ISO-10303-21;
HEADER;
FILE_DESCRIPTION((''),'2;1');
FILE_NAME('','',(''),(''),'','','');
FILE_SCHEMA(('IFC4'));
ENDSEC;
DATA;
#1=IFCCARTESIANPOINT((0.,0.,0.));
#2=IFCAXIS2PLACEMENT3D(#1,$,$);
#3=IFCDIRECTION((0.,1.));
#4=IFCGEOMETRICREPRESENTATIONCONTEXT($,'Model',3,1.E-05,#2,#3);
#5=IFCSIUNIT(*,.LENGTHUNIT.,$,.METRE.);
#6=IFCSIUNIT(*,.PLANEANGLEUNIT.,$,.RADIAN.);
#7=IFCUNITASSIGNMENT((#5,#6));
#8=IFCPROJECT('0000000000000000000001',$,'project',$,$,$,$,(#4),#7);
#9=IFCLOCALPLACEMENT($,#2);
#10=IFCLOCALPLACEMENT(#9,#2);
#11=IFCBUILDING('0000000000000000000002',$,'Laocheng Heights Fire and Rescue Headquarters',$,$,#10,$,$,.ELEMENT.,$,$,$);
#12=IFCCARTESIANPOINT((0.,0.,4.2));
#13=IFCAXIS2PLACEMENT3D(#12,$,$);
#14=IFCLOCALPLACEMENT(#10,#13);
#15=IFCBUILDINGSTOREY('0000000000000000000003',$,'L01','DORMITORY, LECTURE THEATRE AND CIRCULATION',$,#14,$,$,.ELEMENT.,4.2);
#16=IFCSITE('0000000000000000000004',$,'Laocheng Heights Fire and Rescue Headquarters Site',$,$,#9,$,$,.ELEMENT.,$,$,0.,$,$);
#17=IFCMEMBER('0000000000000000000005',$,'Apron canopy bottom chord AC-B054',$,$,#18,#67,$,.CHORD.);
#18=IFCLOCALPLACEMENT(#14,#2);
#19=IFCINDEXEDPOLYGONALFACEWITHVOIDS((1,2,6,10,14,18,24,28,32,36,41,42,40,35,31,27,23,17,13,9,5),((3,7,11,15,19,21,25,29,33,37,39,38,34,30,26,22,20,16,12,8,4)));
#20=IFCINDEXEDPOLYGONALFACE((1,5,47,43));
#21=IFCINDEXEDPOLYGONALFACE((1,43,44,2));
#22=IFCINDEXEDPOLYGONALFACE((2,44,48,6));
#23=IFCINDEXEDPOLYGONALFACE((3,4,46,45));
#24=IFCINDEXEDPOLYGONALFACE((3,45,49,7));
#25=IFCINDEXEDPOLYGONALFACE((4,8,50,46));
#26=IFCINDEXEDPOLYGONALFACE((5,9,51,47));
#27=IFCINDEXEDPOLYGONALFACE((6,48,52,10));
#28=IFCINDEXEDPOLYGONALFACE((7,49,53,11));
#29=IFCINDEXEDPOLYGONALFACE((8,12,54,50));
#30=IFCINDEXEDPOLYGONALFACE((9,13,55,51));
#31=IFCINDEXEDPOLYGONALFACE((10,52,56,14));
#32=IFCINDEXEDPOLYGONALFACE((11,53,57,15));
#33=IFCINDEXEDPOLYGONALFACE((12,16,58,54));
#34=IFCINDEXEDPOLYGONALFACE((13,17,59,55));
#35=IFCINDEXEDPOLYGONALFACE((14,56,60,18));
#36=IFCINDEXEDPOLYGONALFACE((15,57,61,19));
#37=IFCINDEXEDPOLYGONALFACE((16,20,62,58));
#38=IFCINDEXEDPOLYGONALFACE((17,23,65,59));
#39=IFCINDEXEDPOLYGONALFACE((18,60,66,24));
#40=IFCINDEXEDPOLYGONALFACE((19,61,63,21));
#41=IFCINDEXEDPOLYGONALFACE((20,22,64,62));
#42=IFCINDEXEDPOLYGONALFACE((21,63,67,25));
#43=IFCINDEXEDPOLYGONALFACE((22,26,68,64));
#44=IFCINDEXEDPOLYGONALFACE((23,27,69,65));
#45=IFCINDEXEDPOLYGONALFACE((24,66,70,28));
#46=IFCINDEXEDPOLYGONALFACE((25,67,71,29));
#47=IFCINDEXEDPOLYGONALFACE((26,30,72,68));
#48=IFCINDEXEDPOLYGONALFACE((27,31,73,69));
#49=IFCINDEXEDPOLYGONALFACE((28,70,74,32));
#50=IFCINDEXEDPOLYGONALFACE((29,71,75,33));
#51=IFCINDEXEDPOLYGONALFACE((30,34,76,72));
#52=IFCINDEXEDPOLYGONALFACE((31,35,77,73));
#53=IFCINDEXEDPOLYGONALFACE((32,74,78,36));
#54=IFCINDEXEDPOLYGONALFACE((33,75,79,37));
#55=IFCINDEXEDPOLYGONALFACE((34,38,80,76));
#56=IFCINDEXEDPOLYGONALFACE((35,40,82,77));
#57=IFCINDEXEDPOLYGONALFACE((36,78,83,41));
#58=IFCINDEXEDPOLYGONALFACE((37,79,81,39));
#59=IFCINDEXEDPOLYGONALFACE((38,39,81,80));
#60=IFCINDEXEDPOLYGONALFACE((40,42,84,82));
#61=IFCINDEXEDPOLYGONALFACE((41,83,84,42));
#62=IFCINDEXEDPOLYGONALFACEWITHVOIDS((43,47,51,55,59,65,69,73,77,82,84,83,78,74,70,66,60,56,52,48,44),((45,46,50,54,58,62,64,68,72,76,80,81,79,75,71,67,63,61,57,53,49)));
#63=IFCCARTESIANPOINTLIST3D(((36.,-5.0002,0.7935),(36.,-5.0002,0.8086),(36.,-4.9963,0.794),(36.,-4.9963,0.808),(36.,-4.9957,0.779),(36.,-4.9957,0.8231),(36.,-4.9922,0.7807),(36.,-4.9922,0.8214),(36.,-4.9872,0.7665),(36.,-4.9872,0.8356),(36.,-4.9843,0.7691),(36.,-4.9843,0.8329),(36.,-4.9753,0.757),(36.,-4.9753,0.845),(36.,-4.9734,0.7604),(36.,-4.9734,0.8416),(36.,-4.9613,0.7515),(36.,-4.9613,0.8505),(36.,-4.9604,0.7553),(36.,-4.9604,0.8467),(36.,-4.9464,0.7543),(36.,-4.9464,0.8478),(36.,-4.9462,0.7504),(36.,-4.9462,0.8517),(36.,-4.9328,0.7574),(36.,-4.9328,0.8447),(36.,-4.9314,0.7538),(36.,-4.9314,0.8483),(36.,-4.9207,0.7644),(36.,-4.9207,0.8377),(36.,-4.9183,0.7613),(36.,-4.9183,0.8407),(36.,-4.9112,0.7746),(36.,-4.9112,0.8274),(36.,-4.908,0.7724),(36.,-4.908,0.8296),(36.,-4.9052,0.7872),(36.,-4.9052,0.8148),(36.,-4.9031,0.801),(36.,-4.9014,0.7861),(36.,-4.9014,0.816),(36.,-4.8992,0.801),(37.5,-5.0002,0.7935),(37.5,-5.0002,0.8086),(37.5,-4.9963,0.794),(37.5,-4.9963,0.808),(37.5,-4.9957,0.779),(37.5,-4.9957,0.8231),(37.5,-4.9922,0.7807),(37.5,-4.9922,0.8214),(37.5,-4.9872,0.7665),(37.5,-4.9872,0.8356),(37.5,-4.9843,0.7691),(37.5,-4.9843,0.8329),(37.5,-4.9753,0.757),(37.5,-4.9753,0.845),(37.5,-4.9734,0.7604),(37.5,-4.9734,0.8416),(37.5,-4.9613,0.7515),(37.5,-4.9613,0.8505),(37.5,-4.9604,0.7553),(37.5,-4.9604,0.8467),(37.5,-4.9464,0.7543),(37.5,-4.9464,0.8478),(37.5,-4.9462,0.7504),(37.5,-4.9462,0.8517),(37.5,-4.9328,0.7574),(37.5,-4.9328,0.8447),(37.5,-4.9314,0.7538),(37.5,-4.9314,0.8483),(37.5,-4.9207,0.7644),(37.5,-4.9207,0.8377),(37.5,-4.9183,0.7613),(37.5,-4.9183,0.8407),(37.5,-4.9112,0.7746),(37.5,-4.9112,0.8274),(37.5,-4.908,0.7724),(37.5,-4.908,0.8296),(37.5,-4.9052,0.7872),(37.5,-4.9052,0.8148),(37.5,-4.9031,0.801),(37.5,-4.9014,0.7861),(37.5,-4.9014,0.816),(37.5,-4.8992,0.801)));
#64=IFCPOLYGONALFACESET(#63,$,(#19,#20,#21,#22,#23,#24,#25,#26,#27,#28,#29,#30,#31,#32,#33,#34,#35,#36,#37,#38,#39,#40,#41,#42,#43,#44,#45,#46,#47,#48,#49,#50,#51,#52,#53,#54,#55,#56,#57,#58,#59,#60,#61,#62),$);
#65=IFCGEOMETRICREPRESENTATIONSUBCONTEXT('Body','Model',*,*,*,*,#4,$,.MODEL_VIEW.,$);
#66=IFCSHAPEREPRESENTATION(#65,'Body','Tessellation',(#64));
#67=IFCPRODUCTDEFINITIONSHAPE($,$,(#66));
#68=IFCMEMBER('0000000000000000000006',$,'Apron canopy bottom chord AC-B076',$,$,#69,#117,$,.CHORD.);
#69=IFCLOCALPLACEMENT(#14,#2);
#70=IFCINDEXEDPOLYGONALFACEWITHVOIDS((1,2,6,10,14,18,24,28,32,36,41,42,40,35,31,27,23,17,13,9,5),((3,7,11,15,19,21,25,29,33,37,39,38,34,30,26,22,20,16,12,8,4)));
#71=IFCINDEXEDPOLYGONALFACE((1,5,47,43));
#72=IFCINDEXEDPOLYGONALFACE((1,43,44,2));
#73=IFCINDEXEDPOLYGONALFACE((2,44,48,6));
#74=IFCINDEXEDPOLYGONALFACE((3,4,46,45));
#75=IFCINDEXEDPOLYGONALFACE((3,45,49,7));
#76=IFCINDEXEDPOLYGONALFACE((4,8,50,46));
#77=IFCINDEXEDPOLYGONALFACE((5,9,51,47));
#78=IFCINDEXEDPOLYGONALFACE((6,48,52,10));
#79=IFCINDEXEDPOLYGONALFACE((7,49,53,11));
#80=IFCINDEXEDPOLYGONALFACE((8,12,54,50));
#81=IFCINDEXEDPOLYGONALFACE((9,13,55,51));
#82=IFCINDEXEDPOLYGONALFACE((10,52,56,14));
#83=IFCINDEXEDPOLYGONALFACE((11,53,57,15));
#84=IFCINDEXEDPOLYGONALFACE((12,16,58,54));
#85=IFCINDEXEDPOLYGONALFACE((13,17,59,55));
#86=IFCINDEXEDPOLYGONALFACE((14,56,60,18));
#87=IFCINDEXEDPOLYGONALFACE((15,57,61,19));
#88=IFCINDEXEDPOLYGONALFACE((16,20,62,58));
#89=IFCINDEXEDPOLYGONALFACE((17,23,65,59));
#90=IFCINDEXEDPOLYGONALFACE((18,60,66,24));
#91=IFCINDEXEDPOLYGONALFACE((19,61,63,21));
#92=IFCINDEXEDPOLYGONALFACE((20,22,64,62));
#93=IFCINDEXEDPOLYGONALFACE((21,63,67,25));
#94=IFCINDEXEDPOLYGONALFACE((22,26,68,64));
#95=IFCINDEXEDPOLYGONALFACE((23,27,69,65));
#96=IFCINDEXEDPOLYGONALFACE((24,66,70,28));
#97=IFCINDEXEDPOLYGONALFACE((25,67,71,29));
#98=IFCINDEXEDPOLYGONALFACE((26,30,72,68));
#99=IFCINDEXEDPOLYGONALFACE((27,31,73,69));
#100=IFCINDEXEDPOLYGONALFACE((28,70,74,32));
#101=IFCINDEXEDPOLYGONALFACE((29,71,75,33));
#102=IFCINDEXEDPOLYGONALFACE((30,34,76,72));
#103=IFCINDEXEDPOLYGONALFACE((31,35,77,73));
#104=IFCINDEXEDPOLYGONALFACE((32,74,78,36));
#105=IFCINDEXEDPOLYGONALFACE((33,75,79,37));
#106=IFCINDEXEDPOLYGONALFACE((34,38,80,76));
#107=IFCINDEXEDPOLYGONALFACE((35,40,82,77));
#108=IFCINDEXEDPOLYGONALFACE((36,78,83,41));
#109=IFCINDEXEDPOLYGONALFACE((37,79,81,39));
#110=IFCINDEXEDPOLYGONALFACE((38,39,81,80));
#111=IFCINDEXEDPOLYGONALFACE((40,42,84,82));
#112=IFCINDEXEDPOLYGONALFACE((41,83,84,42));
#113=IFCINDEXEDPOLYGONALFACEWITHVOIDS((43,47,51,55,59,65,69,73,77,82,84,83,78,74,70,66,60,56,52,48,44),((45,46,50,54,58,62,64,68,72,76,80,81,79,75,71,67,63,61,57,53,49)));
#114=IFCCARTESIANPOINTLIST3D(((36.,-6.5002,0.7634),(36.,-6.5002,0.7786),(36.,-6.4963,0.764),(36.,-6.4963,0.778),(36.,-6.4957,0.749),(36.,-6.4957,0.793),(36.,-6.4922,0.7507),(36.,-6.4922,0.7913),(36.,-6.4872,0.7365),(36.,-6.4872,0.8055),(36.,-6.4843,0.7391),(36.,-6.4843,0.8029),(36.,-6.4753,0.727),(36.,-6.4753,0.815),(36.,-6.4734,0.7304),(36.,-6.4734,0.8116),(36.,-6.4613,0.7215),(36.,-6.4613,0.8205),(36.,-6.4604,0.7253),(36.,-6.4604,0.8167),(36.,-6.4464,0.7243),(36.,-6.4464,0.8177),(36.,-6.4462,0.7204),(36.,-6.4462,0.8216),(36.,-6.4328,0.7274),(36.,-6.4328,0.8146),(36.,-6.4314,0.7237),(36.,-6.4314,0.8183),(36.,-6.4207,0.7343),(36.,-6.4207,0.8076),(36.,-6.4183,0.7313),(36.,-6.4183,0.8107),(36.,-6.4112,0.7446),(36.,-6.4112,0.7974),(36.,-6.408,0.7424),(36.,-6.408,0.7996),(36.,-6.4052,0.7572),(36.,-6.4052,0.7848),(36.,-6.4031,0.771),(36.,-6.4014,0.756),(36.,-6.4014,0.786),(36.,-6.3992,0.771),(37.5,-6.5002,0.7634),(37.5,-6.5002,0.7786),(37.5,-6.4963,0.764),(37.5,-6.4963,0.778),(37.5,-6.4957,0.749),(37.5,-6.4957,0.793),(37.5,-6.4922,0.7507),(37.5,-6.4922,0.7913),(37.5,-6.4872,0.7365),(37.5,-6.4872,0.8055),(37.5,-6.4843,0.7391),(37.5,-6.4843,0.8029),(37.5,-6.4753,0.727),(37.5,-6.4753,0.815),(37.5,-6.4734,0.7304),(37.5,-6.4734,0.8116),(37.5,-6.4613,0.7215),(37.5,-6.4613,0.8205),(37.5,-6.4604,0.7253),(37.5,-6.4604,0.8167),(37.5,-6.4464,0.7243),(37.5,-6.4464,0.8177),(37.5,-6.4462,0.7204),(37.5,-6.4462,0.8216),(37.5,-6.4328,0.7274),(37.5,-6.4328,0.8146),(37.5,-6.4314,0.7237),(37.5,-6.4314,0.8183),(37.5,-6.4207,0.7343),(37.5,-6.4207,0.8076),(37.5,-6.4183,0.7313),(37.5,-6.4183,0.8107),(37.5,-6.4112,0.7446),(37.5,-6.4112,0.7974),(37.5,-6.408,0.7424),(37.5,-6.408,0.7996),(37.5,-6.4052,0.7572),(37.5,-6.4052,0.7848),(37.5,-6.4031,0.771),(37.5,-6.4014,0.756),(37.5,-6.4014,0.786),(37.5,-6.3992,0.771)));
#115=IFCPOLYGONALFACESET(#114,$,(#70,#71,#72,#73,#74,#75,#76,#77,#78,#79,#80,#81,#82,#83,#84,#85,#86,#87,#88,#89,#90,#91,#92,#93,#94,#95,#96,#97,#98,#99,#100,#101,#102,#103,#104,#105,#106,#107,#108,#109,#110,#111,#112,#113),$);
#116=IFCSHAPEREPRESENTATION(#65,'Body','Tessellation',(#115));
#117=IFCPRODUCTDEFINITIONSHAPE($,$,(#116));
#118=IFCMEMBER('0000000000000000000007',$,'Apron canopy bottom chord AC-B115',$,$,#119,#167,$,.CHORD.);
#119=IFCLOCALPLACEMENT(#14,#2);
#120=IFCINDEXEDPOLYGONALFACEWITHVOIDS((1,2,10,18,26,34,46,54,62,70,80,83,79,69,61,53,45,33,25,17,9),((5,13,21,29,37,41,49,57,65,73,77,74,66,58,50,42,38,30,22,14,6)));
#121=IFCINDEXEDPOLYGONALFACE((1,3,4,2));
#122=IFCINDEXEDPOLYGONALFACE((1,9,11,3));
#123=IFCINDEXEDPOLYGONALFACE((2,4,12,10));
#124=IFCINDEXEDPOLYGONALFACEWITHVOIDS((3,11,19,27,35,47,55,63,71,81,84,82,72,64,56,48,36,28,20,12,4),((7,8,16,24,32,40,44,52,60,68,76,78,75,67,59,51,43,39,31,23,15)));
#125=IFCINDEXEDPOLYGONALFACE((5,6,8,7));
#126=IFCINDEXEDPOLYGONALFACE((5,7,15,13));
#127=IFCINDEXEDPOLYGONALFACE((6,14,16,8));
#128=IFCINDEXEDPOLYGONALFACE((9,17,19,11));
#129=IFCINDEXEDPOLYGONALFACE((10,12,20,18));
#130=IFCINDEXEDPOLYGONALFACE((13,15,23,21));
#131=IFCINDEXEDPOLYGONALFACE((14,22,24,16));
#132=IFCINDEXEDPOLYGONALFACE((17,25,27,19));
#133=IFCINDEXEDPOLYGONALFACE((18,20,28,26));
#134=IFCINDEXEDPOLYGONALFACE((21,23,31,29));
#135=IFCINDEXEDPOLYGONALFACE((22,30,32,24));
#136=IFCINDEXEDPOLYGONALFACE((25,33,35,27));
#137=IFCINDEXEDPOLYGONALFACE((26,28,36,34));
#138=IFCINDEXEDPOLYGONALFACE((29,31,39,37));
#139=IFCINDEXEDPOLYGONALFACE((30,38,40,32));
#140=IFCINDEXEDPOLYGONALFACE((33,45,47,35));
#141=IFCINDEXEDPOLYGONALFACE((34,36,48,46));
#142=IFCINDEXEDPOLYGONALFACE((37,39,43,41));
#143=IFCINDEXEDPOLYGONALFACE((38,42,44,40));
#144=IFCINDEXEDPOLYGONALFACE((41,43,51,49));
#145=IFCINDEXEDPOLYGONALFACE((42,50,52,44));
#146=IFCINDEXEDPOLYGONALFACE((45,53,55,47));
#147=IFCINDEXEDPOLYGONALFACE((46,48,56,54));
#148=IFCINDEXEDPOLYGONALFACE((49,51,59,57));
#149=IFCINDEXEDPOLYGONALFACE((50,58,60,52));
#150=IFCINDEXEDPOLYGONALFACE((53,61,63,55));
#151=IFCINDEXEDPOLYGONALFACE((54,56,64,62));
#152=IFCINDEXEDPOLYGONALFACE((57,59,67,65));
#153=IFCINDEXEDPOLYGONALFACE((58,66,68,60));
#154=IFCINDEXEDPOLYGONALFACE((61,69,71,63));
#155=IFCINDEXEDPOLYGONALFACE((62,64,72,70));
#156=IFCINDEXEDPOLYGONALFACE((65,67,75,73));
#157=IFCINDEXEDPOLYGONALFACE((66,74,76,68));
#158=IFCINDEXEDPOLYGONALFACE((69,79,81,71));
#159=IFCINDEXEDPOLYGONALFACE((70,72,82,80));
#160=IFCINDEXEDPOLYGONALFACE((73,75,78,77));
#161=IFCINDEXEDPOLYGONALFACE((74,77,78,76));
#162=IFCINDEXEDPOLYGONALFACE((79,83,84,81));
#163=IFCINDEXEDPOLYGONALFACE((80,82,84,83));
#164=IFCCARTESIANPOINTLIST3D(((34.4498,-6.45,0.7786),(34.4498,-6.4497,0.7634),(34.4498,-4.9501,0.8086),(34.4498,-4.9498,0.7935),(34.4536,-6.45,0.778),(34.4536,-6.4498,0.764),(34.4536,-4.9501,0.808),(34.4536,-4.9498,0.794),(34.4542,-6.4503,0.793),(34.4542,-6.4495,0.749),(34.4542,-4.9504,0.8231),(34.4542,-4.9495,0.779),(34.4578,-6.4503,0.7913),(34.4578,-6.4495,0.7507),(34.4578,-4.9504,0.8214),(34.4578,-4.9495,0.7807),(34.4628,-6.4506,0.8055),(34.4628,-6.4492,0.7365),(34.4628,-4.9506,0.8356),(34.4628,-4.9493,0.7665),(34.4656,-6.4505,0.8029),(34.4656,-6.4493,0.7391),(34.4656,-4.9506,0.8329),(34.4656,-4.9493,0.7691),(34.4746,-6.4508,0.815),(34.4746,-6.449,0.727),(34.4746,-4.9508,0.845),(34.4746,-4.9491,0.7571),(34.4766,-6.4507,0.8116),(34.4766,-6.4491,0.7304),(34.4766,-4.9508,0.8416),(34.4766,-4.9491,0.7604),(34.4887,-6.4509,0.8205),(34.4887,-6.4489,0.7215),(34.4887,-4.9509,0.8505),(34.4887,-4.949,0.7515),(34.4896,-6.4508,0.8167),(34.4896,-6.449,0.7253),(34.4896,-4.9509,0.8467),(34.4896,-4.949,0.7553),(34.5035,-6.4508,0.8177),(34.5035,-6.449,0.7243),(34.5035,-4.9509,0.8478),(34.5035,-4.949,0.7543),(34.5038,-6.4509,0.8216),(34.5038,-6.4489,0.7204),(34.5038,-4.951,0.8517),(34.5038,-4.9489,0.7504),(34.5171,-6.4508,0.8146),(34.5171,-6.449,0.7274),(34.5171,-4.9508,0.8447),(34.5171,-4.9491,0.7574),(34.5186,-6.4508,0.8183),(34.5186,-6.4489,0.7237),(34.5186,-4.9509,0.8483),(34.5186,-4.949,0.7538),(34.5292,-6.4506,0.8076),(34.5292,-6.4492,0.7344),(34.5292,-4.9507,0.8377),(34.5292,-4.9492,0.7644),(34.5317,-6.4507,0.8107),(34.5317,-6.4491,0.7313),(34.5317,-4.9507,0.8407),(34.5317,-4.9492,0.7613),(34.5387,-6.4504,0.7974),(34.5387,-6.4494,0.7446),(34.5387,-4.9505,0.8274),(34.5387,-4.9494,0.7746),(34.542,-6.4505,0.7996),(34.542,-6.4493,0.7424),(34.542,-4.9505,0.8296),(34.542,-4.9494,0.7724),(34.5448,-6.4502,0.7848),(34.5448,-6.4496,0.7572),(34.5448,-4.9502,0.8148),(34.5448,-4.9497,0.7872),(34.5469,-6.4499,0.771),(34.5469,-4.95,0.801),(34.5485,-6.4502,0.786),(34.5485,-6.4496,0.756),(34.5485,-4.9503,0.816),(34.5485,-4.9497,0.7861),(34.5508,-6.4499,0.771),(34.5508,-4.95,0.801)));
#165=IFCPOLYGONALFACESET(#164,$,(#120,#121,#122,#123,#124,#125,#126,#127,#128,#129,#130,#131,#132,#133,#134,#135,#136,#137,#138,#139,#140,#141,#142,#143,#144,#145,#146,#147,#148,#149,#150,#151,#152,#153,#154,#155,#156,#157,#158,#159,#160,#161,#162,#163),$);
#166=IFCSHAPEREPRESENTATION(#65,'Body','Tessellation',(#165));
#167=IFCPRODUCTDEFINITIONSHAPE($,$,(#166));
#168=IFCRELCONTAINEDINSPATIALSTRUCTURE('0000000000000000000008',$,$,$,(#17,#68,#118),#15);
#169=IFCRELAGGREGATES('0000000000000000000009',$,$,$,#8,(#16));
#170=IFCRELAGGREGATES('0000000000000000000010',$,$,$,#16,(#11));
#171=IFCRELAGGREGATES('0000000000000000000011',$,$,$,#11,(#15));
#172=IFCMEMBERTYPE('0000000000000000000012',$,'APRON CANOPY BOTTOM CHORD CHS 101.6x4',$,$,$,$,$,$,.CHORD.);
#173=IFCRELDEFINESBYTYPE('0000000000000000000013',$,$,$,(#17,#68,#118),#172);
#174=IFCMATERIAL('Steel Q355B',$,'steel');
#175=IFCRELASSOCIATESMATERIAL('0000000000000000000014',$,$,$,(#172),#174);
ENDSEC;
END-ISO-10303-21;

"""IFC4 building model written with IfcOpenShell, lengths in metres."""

from ifc_helpers import new_model, si_unit, direction, frame, origin, origin_2d, place, context, subcontext, project, spatial, hollow_circle, extrude, material, material_profile, profile_set, type_object, element, save


model = new_model("IFC4")

# Units and contexts
model_context = context("Model", 3, precision=1e-05, world=origin(), true_north=direction((0.0, 1.0)))
body_context = subcontext(model_context, "Body", "Model", "MODEL_VIEW")
ifc_project = project(units=[si_unit("LENGTHUNIT", "METRE"), si_unit("PLANEANGLEUNIT", "RADIAN")], contexts=[model_context])

# Site, building, storey
site_placement = place(None, origin())
site = spatial("IfcSite", under=ifc_project, at=site_placement, Name="Laocheng Heights Fire and Rescue Headquarters Site", CompositionType="ELEMENT", RefElevation=0.0)
building_placement = place(site_placement, origin())
building = spatial("IfcBuilding", under=site, at=building_placement, Name="Laocheng Heights Fire and Rescue Headquarters", CompositionType="ELEMENT")
storey_placement = place(building_placement, frame((0.0, 0.0, 4.2)))
storey = spatial("IfcBuildingStorey", under=building, at=storey_placement, Name="L01", Description="DORMITORY, LECTURE THEATRE AND CIRCULATION", CompositionType="ELEMENT", Elevation=4.2)

# Members
ifc_material_1 = material(Name="Steel Q355B", Category="steel")
ifc_material_profile_1 = material_profile(ifc_material_1, hollow_circle(Radius=0.0508, WallThickness=0.0039, at=origin_2d()), Name="CHS 101.6x4")
ifc_profile_set_1 = profile_set([ifc_material_profile_1], Name="Steel Q355B")
member_type_1 = type_object("IfcMemberType", Name="APRON CANOPY BOTTOM CHORD CHS 101.6x4", PredefinedType="CHORD", material=ifc_profile_set_1)
for number, where, z_axis, x_axis, name in (
    (1, (36.0, -4.95, 0.801), (1.0, 0.0, 0.0), (0.0, 1.0, 0.0), "Apron canopy bottom chord AC-B054"),
    (2, (36.0, -6.45, 0.771), (1.0, 0.0, 0.0), (0.0, 1.0, 0.0), "Apron canopy bottom chord AC-B076"),
):
    element("IfcMember", number, at=place(storey_placement, frame(where, z_axis=z_axis, x_axis=x_axis)), inside=storey, type_object=member_type_1, Name=name, PredefinedType="CHORD", context=body_context, shape_type="SweptSolid", body=[
        extrude(hollow_circle(Radius=0.0508, WallThickness=0.0039, at=origin_2d()), origin(), (0.0, 0.0, 1.0), 1.5),
    ])
for number, where, z_axis, x_axis, name in (
    (3, (34.5, -4.95, 0.801), (0.0, -0.9998, -0.020016), (1.0, 0.0, 0.0), "Apron canopy bottom chord AC-B115"),
):
    element("IfcMember", number, at=place(storey_placement, frame(where, z_axis=z_axis, x_axis=x_axis)), inside=storey, type_object=member_type_1, Name=name, PredefinedType="CHORD", context=body_context, shape_type="SweptSolid", body=[
        extrude(hollow_circle(Radius=0.0508, WallThickness=0.0039, at=origin_2d()), origin(), (0.0, 0.0, 1.0), 1.5002),
    ])

save(model, "model.ifc")
